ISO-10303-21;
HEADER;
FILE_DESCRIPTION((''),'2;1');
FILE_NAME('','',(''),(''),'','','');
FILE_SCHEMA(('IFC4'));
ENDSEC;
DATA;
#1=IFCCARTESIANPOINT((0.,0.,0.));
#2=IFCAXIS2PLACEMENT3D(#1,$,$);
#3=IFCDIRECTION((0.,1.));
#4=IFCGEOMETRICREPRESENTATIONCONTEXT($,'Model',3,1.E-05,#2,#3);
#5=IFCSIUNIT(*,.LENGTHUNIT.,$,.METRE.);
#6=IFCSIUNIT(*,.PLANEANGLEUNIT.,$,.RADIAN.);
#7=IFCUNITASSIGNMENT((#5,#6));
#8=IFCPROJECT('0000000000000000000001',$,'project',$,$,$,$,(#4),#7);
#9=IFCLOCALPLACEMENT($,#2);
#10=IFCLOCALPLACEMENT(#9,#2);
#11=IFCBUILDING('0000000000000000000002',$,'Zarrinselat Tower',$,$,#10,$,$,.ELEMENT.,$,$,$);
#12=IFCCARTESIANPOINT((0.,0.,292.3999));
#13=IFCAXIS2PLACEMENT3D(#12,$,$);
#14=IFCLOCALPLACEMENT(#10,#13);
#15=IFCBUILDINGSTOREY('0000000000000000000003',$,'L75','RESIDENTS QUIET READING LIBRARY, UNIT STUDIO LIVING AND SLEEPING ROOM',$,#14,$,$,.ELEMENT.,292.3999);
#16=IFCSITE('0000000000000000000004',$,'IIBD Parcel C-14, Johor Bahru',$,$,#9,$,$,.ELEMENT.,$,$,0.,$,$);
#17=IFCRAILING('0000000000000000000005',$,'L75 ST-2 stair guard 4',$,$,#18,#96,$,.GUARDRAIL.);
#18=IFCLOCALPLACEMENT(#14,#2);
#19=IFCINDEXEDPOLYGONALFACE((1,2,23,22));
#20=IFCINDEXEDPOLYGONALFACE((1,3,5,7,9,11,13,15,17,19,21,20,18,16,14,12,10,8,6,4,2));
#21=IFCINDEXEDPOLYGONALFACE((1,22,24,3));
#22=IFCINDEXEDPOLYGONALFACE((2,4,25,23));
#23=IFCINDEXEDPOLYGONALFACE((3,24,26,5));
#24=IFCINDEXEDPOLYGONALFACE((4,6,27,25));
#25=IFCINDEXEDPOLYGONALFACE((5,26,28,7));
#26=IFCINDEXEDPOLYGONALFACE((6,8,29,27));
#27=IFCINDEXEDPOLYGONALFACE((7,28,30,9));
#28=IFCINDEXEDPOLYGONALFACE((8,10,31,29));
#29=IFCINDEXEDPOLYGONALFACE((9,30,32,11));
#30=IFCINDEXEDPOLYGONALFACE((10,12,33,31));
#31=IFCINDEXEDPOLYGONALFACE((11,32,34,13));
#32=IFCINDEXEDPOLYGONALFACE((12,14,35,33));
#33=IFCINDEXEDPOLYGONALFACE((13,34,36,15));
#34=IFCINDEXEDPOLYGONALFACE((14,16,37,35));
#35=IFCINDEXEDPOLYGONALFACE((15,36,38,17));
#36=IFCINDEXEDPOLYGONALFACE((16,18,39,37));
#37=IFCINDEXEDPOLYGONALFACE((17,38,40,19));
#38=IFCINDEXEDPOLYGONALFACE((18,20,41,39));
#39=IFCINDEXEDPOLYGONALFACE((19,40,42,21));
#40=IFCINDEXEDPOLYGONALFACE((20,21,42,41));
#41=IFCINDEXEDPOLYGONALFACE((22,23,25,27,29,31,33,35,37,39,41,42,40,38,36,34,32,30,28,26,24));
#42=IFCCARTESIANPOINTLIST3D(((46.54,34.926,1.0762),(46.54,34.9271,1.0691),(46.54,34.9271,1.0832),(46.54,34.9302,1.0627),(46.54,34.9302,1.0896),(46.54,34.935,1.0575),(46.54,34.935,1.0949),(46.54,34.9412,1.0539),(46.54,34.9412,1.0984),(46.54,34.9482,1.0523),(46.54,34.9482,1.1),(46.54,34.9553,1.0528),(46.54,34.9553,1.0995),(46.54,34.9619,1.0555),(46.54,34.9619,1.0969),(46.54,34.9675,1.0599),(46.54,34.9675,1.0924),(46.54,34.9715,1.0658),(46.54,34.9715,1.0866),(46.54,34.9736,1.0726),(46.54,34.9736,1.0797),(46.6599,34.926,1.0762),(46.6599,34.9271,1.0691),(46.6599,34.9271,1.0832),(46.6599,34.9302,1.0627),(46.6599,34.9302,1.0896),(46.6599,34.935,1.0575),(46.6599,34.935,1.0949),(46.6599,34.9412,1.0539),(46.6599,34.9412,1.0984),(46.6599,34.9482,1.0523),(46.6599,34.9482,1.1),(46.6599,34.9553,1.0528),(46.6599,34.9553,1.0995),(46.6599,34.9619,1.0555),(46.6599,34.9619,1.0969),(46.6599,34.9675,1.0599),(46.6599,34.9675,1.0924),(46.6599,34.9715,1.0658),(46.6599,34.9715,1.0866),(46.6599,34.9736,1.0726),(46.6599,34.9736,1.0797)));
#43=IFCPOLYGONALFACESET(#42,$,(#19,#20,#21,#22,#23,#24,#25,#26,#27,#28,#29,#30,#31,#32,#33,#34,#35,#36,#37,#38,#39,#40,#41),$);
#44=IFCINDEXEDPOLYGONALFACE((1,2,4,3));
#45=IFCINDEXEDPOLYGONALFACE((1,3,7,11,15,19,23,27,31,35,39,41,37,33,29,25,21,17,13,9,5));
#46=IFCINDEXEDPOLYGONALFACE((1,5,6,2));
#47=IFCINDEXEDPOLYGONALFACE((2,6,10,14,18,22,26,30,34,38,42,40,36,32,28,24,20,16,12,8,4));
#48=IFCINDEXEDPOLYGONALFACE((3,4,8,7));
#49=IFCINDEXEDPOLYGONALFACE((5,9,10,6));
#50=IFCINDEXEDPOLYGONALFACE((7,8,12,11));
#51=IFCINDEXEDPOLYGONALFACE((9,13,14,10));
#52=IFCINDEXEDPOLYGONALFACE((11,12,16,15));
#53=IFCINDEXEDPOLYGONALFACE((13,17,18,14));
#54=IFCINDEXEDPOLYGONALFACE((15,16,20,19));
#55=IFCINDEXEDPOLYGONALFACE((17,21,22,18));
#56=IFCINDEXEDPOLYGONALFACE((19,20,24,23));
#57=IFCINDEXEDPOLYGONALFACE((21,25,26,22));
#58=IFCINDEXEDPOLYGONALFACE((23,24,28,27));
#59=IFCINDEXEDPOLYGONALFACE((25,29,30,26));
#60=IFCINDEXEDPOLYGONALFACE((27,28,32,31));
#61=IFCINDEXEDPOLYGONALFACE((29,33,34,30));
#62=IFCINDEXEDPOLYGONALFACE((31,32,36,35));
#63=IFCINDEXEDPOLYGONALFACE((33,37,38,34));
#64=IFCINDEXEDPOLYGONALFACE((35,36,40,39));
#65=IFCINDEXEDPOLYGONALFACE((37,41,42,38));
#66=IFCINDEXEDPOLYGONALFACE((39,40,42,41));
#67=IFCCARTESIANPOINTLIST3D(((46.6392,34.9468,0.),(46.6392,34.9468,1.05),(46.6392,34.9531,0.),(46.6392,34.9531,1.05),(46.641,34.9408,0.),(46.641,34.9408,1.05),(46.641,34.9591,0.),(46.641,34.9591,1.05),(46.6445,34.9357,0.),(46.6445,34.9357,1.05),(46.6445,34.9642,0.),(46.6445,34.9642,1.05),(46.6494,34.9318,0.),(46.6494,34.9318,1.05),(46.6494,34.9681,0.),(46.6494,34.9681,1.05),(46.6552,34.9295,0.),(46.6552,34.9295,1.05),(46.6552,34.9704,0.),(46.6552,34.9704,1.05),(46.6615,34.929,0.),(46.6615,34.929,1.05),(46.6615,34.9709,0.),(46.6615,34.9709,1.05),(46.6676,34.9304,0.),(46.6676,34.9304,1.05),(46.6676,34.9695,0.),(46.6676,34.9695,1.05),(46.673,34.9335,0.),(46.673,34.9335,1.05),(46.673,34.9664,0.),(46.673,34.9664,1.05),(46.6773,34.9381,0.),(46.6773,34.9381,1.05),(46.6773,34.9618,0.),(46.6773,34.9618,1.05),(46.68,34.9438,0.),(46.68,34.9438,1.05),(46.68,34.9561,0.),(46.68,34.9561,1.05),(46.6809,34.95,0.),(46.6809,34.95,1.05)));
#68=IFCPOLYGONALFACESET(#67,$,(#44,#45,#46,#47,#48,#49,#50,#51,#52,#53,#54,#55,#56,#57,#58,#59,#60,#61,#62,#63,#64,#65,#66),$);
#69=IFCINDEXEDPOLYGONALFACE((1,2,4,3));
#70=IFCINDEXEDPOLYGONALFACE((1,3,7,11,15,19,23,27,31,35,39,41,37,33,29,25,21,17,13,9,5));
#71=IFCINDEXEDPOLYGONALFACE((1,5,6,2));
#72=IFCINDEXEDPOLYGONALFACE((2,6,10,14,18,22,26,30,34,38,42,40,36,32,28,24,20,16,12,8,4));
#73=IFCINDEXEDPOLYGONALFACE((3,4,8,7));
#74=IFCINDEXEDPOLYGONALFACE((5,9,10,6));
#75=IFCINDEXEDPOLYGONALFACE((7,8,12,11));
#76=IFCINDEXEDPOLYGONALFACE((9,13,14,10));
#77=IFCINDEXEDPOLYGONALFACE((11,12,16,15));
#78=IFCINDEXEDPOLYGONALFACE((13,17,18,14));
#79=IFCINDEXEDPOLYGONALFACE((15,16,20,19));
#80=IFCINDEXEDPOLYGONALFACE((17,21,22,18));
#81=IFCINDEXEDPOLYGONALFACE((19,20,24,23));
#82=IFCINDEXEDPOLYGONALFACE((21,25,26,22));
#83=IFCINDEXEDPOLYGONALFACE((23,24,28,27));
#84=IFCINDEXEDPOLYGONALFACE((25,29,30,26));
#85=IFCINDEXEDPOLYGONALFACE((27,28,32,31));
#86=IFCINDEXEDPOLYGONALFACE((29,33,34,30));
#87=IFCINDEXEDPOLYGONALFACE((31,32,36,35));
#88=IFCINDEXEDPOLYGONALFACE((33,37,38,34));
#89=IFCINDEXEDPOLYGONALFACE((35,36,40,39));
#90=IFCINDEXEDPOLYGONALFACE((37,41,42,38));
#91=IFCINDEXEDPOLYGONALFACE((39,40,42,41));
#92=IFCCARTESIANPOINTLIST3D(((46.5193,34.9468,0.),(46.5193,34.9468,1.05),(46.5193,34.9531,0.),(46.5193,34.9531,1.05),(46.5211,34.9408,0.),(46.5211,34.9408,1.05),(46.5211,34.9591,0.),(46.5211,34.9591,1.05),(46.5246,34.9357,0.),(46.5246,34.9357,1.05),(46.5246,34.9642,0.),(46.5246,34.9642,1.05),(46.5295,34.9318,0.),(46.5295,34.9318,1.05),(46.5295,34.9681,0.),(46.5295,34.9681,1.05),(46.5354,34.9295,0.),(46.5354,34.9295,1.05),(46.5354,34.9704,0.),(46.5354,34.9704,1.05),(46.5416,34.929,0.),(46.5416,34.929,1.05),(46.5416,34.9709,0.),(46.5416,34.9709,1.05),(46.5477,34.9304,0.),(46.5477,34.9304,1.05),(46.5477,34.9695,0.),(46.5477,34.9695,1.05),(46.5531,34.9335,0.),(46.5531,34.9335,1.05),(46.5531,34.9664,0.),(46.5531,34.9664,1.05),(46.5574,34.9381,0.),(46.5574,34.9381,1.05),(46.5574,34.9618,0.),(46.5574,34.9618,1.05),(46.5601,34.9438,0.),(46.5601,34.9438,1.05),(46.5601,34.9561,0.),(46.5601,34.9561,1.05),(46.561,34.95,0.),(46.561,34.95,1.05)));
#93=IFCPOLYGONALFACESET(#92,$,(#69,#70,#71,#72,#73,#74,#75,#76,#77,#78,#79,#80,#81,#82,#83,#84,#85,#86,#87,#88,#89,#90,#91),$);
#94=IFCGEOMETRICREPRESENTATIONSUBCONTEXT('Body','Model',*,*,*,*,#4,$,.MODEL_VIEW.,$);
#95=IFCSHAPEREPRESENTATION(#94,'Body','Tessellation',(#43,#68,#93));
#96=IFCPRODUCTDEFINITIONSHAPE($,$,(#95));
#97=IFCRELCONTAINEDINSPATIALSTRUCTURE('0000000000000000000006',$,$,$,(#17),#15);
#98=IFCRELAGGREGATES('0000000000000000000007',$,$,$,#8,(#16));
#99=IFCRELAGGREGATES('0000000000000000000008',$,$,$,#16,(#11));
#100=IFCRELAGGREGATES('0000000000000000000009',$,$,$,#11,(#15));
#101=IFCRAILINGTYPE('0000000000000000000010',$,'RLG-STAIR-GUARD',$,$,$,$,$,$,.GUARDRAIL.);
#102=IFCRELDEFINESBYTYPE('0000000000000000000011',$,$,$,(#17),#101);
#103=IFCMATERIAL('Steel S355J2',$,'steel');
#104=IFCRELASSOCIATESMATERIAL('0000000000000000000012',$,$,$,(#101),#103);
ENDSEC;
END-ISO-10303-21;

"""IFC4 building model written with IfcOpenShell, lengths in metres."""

from ifc_helpers import new_model, si_unit, direction, frame, origin, origin_2d, place, context, subcontext, project, spatial, circle, extrude, material, type_object, element, save


model = new_model("IFC4")

# Units and contexts
model_context = context("Model", 3, precision=1e-05, world=origin(), true_north=direction((0.0, 1.0)))
body_context = subcontext(model_context, "Body", "Model", "MODEL_VIEW")
ifc_project = project(units=[si_unit("LENGTHUNIT", "METRE"), si_unit("PLANEANGLEUNIT", "RADIAN")], contexts=[model_context])

# Site, building, storey
site_placement = place(None, origin())
site = spatial("IfcSite", under=ifc_project, at=site_placement, Name="IIBD Parcel C-14, Johor Bahru", CompositionType="ELEMENT", RefElevation=0.0)
building_placement = place(site_placement, origin())
building = spatial("IfcBuilding", under=site, at=building_placement, Name="Zarrinselat Tower", CompositionType="ELEMENT")
storey_placement = place(building_placement, frame((0.0, 0.0, 292.3999)))
storey = spatial("IfcBuildingStorey", under=building, at=storey_placement, Name="L75", Description="RESIDENTS QUIET READING LIBRARY, UNIT STUDIO LIVING AND SLEEPING ROOM", CompositionType="ELEMENT", Elevation=292.3999)

# Railing
ifc_material_1 = material(Name="Steel S355J2", Category="steel")
railing_type_1 = type_object("IfcRailingType", Name="RLG-STAIR-GUARD", PredefinedType="GUARDRAIL", material=ifc_material_1)
railing_1_placement = place(storey_placement, frame((46.6599, 34.95, 0.0)))
element("IfcRailing", 1, at=railing_1_placement, inside=storey, type_object=railing_type_1, Name="L75 ST-2 stair guard 4", PredefinedType="GUARDRAIL", context=body_context, shape_type="SweptSolid", body=[
    extrude(circle(Radius=0.0239, at=origin_2d()), frame((0.0, 0.0, 1.0762), z_axis=(-1.0, 0.0, 0.0), x_axis=(0.0, -1.0, 0.0)), (0.0, 0.0, 1.0), 0.1199),
    extrude(circle(Radius=0.021, at=origin_2d()), origin(), (0.0, 0.0, 1.0), 1.05),
    extrude(circle(Radius=0.021, at=origin_2d()), frame((-0.1199, 0.0, 0.0)), (0.0, 0.0, 1.0), 1.05),
])

save(model, "model.ifc")
